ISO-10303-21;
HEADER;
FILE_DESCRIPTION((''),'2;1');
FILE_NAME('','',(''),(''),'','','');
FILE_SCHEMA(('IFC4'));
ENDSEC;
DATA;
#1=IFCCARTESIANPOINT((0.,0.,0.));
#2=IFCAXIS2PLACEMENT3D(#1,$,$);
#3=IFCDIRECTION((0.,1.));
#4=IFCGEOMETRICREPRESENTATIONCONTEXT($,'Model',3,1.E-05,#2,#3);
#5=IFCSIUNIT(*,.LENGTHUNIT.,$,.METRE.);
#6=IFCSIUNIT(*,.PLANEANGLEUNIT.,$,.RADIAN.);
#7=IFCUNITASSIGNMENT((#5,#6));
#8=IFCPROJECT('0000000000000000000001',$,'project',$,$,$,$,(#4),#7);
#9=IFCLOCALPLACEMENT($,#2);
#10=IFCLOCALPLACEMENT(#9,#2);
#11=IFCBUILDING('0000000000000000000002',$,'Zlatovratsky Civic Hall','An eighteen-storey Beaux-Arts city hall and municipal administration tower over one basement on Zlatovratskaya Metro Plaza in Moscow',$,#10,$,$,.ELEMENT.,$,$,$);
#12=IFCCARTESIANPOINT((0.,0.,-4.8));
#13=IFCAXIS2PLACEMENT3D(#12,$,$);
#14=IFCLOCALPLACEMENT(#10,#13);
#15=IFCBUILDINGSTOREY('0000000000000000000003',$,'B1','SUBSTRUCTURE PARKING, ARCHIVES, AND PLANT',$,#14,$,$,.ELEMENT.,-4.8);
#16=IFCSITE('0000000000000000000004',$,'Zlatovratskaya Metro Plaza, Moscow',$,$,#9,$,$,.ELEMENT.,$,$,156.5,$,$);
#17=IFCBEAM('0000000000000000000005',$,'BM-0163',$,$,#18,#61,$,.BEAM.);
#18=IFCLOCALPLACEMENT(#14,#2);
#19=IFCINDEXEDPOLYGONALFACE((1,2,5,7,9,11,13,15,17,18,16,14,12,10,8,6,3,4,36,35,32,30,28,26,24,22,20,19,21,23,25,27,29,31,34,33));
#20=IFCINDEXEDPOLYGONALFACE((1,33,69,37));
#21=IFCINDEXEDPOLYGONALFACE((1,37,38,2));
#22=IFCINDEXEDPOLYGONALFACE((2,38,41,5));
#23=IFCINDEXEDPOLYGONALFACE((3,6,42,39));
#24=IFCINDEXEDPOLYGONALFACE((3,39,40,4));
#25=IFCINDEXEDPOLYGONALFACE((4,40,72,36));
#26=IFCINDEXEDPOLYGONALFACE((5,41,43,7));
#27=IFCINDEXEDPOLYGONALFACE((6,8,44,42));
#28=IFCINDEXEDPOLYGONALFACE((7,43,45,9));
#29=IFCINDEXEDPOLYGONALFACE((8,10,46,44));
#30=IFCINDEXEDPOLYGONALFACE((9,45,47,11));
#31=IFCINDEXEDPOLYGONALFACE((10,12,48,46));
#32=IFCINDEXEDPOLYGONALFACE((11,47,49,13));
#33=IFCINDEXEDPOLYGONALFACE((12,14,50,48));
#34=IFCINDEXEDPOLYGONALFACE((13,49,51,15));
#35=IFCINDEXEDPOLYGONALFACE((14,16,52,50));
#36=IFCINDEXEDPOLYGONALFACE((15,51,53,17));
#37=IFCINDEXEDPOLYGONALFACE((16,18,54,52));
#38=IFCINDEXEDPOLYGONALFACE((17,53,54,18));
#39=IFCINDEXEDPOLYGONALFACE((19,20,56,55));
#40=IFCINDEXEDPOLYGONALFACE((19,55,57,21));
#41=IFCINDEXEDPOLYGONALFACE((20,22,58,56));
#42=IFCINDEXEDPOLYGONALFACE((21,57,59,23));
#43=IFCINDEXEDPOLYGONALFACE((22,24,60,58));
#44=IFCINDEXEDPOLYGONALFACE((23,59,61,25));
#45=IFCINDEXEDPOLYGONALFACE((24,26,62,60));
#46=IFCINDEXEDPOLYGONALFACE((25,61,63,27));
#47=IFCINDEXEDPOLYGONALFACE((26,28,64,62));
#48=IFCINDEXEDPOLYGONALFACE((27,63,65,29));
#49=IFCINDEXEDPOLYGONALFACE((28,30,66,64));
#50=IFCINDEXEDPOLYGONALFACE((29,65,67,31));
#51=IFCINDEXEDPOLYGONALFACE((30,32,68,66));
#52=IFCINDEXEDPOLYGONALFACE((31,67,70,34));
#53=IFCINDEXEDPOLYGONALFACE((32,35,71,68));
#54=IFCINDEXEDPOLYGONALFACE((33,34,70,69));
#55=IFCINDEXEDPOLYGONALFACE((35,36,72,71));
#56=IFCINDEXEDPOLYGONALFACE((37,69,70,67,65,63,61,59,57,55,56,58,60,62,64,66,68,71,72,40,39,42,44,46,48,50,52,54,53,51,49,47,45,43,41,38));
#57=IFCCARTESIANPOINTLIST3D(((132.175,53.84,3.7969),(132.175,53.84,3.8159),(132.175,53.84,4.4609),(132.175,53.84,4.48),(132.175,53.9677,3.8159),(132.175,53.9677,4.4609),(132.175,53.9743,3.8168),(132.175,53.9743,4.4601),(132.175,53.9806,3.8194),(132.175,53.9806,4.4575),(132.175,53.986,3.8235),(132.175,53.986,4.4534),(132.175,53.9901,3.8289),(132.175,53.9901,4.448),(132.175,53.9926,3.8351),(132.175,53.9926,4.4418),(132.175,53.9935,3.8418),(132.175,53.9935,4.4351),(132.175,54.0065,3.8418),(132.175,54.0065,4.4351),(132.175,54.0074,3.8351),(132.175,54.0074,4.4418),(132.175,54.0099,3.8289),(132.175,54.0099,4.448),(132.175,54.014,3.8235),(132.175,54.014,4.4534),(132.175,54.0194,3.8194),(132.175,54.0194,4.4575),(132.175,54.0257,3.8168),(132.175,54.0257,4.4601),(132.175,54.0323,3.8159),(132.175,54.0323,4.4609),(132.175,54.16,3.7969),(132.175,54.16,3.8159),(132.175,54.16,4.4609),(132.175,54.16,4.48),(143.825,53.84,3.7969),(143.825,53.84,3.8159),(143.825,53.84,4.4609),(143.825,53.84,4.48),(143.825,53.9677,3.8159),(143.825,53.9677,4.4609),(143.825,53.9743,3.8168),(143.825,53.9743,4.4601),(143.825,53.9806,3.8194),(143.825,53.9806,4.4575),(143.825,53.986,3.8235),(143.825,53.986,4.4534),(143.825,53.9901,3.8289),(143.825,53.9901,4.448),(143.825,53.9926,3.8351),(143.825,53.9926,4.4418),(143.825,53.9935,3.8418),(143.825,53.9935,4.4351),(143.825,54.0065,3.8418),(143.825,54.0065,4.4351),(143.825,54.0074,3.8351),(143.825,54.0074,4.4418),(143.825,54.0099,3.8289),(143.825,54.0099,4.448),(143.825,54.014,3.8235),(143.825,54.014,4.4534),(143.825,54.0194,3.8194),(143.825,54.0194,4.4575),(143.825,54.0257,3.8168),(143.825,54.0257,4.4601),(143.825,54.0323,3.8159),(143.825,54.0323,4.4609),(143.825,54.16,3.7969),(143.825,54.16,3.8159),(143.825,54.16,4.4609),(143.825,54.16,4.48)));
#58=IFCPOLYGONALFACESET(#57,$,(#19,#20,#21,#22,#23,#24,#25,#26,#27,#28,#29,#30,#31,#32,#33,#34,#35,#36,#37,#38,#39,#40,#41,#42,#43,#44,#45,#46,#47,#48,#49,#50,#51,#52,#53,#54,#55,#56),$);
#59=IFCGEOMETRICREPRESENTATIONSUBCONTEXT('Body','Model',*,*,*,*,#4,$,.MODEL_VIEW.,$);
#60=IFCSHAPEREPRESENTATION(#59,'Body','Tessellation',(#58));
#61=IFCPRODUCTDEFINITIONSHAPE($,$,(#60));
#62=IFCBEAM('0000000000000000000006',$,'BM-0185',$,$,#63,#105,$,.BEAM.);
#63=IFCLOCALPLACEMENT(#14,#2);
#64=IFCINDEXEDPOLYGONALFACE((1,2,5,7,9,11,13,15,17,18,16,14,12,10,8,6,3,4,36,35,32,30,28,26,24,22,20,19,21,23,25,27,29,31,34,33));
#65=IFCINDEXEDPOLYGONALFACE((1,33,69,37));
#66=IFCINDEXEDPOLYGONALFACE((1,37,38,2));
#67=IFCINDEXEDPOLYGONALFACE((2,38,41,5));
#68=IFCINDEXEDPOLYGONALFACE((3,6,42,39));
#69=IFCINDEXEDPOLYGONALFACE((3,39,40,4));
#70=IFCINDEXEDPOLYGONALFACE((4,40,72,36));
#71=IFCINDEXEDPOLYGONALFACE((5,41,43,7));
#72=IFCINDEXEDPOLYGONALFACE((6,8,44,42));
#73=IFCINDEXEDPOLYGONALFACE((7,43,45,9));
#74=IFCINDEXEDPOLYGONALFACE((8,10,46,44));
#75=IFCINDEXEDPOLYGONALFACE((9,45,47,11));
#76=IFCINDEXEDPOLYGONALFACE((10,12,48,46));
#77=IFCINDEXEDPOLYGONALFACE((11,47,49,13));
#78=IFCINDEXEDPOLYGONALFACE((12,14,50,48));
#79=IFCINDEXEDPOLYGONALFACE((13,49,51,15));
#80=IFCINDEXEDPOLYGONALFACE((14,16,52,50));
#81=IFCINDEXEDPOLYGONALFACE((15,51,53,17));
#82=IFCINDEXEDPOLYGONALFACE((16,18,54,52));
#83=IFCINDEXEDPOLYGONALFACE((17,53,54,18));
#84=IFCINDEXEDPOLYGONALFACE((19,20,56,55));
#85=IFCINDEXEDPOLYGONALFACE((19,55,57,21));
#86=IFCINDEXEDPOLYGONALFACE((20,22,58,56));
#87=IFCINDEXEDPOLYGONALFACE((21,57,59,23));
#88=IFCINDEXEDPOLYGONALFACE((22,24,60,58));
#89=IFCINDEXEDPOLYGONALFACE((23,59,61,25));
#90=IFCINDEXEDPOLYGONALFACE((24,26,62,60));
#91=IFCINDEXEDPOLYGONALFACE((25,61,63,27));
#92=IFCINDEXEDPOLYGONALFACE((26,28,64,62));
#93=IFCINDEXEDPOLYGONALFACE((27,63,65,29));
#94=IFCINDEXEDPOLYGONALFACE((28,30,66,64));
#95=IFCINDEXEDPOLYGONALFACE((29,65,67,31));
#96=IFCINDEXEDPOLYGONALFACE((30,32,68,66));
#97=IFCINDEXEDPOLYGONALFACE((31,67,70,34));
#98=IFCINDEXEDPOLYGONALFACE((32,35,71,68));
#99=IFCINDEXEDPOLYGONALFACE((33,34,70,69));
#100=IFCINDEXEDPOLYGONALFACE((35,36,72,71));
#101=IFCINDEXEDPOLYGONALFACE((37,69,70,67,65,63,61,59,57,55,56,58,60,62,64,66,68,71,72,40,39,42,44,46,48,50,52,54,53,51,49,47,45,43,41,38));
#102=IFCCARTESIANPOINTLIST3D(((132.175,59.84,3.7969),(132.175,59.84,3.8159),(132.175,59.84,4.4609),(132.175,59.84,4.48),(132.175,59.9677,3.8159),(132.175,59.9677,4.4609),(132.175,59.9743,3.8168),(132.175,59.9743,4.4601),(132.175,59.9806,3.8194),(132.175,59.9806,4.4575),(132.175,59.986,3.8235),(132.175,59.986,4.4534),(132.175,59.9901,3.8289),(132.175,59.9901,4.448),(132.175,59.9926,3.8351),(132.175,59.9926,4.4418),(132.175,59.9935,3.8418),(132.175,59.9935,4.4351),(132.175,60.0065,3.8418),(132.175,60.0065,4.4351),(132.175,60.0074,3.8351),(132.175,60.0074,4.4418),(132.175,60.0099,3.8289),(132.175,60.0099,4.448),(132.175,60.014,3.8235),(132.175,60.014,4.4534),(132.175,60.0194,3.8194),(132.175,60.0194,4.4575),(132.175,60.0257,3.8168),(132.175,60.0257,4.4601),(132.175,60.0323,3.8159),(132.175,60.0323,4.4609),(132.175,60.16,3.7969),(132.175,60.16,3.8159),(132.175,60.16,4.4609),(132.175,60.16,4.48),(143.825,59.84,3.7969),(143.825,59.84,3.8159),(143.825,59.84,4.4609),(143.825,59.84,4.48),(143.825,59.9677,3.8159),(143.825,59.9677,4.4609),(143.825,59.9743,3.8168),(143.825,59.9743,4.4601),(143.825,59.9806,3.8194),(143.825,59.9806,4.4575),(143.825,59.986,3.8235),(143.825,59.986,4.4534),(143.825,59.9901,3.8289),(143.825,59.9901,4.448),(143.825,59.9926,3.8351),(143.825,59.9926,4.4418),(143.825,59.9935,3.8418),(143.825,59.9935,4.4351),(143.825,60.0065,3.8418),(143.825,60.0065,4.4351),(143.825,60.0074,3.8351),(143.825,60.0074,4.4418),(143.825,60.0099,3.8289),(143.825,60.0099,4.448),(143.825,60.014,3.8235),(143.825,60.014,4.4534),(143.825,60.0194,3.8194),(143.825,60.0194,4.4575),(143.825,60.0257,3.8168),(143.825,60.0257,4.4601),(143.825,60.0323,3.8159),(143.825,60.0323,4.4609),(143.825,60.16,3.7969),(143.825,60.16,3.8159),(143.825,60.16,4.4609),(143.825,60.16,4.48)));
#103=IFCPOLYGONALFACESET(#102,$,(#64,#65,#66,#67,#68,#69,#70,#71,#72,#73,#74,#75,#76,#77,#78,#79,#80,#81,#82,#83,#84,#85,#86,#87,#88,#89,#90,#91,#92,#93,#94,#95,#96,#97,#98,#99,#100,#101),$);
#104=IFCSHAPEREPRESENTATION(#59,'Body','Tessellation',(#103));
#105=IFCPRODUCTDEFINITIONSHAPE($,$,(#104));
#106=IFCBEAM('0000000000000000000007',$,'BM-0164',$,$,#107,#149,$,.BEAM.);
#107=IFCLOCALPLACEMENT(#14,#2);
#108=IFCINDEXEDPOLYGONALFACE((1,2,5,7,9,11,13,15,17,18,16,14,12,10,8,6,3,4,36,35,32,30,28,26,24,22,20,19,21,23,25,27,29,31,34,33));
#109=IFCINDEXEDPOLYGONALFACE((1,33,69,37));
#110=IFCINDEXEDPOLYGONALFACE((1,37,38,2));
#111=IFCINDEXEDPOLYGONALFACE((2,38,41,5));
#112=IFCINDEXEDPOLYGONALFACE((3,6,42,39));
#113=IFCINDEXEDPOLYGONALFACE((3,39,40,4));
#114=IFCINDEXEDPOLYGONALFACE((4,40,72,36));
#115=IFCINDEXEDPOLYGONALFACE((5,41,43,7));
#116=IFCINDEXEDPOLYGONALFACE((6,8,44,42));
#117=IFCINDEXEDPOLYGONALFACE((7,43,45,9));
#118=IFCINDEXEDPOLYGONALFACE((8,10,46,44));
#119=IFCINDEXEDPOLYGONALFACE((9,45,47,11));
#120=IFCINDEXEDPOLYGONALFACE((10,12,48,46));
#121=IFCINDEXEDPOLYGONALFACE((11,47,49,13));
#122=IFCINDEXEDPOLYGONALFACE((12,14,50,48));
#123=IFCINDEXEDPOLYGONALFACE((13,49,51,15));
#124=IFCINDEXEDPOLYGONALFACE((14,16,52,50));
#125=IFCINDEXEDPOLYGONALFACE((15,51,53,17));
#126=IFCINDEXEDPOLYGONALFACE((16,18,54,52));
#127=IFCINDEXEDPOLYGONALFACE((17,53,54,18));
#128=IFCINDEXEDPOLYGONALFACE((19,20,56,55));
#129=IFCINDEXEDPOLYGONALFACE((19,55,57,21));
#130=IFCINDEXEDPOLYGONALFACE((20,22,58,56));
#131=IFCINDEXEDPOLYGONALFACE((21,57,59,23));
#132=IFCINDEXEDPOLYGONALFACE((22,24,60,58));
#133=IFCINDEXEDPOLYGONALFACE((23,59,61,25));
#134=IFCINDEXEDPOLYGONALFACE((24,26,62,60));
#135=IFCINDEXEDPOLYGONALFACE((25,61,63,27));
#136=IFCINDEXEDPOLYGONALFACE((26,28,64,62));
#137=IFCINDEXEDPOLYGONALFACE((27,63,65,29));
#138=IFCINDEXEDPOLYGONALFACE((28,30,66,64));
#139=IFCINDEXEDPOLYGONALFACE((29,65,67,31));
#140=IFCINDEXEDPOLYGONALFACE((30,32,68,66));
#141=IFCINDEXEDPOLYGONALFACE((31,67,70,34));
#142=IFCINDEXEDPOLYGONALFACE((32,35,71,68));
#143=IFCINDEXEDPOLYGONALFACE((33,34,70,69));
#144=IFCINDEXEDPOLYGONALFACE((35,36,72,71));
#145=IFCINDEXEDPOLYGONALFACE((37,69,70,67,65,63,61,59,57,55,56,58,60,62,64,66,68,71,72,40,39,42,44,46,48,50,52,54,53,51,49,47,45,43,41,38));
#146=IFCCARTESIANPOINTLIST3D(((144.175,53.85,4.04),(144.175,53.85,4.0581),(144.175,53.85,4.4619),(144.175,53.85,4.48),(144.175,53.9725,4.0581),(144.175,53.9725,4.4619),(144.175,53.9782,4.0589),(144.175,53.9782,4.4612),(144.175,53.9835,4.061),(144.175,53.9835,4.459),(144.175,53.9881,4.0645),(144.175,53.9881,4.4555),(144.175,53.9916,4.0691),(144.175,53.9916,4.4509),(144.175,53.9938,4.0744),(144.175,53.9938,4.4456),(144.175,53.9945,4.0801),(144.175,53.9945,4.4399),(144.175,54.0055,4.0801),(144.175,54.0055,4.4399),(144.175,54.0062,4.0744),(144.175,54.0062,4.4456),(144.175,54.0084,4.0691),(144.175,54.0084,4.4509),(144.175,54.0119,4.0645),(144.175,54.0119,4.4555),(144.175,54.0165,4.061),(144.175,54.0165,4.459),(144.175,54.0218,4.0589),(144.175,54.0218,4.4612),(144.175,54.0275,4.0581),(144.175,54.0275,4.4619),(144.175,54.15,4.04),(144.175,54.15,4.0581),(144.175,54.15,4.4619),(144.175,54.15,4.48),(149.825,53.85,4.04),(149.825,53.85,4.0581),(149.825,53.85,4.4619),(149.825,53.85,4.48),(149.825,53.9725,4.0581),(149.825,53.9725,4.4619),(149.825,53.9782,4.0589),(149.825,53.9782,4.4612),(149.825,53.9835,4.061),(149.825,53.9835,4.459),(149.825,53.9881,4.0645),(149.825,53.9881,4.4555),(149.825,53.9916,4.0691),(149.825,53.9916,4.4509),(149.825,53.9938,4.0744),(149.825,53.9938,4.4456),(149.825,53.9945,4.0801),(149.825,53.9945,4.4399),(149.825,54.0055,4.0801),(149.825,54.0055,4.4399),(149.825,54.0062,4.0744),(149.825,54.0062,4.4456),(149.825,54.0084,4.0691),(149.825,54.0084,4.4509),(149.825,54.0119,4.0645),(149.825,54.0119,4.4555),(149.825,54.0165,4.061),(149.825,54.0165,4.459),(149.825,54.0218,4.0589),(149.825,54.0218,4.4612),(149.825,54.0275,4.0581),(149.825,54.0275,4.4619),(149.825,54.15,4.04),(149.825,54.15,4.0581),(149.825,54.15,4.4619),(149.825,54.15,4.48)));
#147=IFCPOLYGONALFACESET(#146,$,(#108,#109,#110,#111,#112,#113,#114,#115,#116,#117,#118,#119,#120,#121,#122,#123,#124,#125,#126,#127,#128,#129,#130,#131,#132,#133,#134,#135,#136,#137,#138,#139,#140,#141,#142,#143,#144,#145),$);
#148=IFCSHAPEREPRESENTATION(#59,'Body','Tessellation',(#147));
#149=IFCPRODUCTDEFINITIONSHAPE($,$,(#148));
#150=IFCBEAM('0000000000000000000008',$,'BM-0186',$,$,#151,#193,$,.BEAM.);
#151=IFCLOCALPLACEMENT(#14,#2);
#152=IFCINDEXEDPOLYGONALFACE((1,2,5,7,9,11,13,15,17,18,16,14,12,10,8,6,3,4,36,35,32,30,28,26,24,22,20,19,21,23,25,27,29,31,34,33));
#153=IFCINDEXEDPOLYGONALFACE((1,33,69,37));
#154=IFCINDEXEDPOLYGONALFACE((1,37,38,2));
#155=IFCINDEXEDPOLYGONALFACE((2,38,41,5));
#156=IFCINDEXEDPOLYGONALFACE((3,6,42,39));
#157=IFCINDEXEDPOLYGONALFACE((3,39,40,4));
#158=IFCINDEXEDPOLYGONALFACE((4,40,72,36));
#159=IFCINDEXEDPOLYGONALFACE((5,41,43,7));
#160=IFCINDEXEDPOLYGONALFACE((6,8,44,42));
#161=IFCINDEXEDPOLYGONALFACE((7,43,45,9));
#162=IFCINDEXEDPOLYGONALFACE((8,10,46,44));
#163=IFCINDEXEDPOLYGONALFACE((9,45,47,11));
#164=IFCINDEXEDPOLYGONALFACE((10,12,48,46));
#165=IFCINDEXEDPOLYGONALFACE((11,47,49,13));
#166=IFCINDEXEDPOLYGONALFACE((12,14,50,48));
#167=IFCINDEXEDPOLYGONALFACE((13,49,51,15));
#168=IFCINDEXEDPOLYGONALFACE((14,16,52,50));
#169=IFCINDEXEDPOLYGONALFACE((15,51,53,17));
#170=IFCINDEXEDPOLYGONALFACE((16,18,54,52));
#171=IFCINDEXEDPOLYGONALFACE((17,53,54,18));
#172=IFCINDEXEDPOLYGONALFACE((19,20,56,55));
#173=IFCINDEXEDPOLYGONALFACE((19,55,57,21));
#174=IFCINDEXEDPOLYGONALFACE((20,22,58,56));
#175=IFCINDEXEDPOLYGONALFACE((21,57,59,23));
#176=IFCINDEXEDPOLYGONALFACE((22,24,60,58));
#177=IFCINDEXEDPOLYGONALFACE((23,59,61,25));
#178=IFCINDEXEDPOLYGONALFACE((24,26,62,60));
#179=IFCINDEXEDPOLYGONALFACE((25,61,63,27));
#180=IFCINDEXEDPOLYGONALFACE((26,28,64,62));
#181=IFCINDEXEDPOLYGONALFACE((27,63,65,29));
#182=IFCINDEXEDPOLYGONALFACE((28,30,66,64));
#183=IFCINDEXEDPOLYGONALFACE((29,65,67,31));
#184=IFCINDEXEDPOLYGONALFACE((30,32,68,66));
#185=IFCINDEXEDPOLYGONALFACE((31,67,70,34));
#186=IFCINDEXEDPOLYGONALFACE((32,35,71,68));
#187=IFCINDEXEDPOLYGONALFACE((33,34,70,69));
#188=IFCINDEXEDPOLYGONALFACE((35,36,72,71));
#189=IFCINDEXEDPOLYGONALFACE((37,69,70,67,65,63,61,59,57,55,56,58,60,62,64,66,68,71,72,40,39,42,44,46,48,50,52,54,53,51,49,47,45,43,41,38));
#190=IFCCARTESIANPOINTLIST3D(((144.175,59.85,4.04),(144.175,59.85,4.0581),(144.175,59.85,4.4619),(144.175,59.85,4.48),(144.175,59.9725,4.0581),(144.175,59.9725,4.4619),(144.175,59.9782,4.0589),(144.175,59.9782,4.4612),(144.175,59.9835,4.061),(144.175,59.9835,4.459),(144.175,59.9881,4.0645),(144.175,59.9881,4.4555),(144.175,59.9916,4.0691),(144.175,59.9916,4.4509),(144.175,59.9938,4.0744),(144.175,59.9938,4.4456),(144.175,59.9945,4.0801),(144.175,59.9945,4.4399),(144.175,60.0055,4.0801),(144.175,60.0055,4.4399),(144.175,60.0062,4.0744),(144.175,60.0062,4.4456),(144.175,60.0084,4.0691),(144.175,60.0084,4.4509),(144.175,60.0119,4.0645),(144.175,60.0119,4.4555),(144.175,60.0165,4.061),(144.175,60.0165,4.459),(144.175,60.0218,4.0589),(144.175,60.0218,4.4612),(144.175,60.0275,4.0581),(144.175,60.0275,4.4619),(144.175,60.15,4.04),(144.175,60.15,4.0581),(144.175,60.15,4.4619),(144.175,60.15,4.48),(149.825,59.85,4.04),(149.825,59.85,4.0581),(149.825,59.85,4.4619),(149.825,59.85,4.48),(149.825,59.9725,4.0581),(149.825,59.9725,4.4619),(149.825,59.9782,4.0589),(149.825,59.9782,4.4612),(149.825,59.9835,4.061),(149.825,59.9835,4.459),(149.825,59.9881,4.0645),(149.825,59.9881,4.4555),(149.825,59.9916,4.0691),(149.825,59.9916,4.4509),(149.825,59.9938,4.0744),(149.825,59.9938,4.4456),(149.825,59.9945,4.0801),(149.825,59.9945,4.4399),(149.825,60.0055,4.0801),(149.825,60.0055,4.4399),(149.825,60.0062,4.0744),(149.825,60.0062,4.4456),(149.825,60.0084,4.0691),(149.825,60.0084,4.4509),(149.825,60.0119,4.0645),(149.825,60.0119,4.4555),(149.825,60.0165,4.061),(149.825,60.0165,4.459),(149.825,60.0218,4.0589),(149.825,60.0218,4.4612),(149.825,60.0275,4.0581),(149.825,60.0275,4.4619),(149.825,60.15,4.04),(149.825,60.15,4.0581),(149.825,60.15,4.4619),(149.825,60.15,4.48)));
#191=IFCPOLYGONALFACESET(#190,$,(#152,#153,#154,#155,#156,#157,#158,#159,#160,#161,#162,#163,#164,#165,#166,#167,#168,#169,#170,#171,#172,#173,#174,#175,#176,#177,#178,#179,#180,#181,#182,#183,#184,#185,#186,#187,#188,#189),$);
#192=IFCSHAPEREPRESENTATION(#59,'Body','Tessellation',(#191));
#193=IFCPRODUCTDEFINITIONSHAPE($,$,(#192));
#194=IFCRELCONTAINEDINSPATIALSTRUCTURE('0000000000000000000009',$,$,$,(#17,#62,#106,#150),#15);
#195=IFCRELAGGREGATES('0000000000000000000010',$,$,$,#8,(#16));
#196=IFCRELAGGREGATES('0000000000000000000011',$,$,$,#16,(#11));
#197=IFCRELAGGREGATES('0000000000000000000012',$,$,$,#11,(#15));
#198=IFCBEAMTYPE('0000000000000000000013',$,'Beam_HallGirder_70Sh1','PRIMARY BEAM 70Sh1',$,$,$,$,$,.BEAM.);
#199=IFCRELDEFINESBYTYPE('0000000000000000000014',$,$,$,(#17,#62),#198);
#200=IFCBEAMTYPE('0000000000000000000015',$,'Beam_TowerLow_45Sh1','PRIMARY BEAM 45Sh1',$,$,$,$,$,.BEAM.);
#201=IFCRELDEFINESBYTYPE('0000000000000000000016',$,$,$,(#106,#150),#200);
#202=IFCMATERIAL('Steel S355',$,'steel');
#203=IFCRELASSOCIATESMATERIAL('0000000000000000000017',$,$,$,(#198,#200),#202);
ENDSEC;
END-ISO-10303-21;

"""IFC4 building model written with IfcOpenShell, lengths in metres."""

from ifc_helpers import new_model, si_unit, direction, frame, origin, origin_2d, place, context, subcontext, project, spatial, i_section, extrude, material, material_profile, profile_set, type_object, element, save


model = new_model("IFC4")

# Units and contexts
model_context = context("Model", 3, precision=1e-05, world=origin(), true_north=direction((0.0, 1.0)))
body_context = subcontext(model_context, "Body", "Model", "MODEL_VIEW")
ifc_project = project(units=[si_unit("LENGTHUNIT", "METRE"), si_unit("PLANEANGLEUNIT", "RADIAN")], contexts=[model_context])

# Site, building, storey
site_placement = place(None, origin())
site = spatial("IfcSite", under=ifc_project, at=site_placement, Name="Zlatovratskaya Metro Plaza, Moscow", CompositionType="ELEMENT", RefElevation=156.5)
building_placement = place(site_placement, origin())
building = spatial("IfcBuilding", under=site, at=building_placement, Name="Zlatovratsky Civic Hall", Description="An eighteen-storey Beaux-Arts city hall and municipal administration tower over one basement on Zlatovratskaya Metro Plaza in Moscow", CompositionType="ELEMENT")
storey_placement = place(building_placement, frame((0.0, 0.0, -4.8)))
storey = spatial("IfcBuildingStorey", under=building, at=storey_placement, Name="B1", Description="SUBSTRUCTURE PARKING, ARCHIVES, AND PLANT", CompositionType="ELEMENT", Elevation=-4.8)

# Shared definitions
ifc_material_1 = material(Name="Steel S355", Category="steel")

# Beams
ifc_material_profile_1 = material_profile(ifc_material_1, i_section(OverallWidth=0.3201, OverallDepth=0.6831, WebThickness=0.0129, FlangeThickness=0.019, FilletRadius=0.0259, at=origin_2d()), Name="70Sh1")
ifc_profile_set_1 = profile_set([ifc_material_profile_1], Name="Steel S355")
beam_type_1 = type_object("IfcBeamType", Name="Beam_HallGirder_70Sh1", Description="PRIMARY BEAM 70Sh1", PredefinedType="BEAM", material=ifc_profile_set_1)
for number, where, z_axis, x_axis, name in (
    (1, (132.175, 54.0, 4.1384), (1.0, 0.0, 0.0), (0.0, 1.0, 0.0), "BM-0163"),
    (2, (132.175, 60.0, 4.1384), (1.0, 0.0, 0.0), (0.0, 1.0, 0.0), "BM-0185"),
):
    element("IfcBeam", number, at=place(storey_placement, frame(where, z_axis=z_axis, x_axis=x_axis)), inside=storey, type_object=beam_type_1, Name=name, PredefinedType="BEAM", context=body_context, shape_type="SweptSolid", body=[
        extrude(i_section(OverallWidth=0.3201, OverallDepth=0.6831, WebThickness=0.0129, FlangeThickness=0.019, FilletRadius=0.0259, at=origin_2d()), origin(), (0.0, 0.0, 1.0), 11.6499),
    ])
ifc_material_profile_2 = material_profile(ifc_material_1, i_section(OverallWidth=0.3, OverallDepth=0.4399, WebThickness=0.011, FlangeThickness=0.0181, FilletRadius=0.022, at=origin_2d()), Name="45Sh1")
ifc_profile_set_2 = profile_set([ifc_material_profile_2], Name="Steel S355")
beam_type_2 = type_object("IfcBeamType", Name="Beam_TowerLow_45Sh1", Description="PRIMARY BEAM 45Sh1", PredefinedType="BEAM", material=ifc_profile_set_2)
for number, where, z_axis, x_axis, name in (
    (3, (144.175, 54.0, 4.26), (1.0, 0.0, 0.0), (0.0, 1.0, 0.0), "BM-0164"),
    (4, (144.175, 60.0, 4.26), (1.0, 0.0, 0.0), (0.0, 1.0, 0.0), "BM-0186"),
):
    element("IfcBeam", number, at=place(storey_placement, frame(where, z_axis=z_axis, x_axis=x_axis)), inside=storey, type_object=beam_type_2, Name=name, PredefinedType="BEAM", context=body_context, shape_type="SweptSolid", body=[
        extrude(i_section(OverallWidth=0.3, OverallDepth=0.4399, WebThickness=0.011, FlangeThickness=0.0181, FilletRadius=0.022, at=origin_2d()), origin(), (0.0, 0.0, 1.0), 5.6499),
    ])

save(model, "model.ifc")
